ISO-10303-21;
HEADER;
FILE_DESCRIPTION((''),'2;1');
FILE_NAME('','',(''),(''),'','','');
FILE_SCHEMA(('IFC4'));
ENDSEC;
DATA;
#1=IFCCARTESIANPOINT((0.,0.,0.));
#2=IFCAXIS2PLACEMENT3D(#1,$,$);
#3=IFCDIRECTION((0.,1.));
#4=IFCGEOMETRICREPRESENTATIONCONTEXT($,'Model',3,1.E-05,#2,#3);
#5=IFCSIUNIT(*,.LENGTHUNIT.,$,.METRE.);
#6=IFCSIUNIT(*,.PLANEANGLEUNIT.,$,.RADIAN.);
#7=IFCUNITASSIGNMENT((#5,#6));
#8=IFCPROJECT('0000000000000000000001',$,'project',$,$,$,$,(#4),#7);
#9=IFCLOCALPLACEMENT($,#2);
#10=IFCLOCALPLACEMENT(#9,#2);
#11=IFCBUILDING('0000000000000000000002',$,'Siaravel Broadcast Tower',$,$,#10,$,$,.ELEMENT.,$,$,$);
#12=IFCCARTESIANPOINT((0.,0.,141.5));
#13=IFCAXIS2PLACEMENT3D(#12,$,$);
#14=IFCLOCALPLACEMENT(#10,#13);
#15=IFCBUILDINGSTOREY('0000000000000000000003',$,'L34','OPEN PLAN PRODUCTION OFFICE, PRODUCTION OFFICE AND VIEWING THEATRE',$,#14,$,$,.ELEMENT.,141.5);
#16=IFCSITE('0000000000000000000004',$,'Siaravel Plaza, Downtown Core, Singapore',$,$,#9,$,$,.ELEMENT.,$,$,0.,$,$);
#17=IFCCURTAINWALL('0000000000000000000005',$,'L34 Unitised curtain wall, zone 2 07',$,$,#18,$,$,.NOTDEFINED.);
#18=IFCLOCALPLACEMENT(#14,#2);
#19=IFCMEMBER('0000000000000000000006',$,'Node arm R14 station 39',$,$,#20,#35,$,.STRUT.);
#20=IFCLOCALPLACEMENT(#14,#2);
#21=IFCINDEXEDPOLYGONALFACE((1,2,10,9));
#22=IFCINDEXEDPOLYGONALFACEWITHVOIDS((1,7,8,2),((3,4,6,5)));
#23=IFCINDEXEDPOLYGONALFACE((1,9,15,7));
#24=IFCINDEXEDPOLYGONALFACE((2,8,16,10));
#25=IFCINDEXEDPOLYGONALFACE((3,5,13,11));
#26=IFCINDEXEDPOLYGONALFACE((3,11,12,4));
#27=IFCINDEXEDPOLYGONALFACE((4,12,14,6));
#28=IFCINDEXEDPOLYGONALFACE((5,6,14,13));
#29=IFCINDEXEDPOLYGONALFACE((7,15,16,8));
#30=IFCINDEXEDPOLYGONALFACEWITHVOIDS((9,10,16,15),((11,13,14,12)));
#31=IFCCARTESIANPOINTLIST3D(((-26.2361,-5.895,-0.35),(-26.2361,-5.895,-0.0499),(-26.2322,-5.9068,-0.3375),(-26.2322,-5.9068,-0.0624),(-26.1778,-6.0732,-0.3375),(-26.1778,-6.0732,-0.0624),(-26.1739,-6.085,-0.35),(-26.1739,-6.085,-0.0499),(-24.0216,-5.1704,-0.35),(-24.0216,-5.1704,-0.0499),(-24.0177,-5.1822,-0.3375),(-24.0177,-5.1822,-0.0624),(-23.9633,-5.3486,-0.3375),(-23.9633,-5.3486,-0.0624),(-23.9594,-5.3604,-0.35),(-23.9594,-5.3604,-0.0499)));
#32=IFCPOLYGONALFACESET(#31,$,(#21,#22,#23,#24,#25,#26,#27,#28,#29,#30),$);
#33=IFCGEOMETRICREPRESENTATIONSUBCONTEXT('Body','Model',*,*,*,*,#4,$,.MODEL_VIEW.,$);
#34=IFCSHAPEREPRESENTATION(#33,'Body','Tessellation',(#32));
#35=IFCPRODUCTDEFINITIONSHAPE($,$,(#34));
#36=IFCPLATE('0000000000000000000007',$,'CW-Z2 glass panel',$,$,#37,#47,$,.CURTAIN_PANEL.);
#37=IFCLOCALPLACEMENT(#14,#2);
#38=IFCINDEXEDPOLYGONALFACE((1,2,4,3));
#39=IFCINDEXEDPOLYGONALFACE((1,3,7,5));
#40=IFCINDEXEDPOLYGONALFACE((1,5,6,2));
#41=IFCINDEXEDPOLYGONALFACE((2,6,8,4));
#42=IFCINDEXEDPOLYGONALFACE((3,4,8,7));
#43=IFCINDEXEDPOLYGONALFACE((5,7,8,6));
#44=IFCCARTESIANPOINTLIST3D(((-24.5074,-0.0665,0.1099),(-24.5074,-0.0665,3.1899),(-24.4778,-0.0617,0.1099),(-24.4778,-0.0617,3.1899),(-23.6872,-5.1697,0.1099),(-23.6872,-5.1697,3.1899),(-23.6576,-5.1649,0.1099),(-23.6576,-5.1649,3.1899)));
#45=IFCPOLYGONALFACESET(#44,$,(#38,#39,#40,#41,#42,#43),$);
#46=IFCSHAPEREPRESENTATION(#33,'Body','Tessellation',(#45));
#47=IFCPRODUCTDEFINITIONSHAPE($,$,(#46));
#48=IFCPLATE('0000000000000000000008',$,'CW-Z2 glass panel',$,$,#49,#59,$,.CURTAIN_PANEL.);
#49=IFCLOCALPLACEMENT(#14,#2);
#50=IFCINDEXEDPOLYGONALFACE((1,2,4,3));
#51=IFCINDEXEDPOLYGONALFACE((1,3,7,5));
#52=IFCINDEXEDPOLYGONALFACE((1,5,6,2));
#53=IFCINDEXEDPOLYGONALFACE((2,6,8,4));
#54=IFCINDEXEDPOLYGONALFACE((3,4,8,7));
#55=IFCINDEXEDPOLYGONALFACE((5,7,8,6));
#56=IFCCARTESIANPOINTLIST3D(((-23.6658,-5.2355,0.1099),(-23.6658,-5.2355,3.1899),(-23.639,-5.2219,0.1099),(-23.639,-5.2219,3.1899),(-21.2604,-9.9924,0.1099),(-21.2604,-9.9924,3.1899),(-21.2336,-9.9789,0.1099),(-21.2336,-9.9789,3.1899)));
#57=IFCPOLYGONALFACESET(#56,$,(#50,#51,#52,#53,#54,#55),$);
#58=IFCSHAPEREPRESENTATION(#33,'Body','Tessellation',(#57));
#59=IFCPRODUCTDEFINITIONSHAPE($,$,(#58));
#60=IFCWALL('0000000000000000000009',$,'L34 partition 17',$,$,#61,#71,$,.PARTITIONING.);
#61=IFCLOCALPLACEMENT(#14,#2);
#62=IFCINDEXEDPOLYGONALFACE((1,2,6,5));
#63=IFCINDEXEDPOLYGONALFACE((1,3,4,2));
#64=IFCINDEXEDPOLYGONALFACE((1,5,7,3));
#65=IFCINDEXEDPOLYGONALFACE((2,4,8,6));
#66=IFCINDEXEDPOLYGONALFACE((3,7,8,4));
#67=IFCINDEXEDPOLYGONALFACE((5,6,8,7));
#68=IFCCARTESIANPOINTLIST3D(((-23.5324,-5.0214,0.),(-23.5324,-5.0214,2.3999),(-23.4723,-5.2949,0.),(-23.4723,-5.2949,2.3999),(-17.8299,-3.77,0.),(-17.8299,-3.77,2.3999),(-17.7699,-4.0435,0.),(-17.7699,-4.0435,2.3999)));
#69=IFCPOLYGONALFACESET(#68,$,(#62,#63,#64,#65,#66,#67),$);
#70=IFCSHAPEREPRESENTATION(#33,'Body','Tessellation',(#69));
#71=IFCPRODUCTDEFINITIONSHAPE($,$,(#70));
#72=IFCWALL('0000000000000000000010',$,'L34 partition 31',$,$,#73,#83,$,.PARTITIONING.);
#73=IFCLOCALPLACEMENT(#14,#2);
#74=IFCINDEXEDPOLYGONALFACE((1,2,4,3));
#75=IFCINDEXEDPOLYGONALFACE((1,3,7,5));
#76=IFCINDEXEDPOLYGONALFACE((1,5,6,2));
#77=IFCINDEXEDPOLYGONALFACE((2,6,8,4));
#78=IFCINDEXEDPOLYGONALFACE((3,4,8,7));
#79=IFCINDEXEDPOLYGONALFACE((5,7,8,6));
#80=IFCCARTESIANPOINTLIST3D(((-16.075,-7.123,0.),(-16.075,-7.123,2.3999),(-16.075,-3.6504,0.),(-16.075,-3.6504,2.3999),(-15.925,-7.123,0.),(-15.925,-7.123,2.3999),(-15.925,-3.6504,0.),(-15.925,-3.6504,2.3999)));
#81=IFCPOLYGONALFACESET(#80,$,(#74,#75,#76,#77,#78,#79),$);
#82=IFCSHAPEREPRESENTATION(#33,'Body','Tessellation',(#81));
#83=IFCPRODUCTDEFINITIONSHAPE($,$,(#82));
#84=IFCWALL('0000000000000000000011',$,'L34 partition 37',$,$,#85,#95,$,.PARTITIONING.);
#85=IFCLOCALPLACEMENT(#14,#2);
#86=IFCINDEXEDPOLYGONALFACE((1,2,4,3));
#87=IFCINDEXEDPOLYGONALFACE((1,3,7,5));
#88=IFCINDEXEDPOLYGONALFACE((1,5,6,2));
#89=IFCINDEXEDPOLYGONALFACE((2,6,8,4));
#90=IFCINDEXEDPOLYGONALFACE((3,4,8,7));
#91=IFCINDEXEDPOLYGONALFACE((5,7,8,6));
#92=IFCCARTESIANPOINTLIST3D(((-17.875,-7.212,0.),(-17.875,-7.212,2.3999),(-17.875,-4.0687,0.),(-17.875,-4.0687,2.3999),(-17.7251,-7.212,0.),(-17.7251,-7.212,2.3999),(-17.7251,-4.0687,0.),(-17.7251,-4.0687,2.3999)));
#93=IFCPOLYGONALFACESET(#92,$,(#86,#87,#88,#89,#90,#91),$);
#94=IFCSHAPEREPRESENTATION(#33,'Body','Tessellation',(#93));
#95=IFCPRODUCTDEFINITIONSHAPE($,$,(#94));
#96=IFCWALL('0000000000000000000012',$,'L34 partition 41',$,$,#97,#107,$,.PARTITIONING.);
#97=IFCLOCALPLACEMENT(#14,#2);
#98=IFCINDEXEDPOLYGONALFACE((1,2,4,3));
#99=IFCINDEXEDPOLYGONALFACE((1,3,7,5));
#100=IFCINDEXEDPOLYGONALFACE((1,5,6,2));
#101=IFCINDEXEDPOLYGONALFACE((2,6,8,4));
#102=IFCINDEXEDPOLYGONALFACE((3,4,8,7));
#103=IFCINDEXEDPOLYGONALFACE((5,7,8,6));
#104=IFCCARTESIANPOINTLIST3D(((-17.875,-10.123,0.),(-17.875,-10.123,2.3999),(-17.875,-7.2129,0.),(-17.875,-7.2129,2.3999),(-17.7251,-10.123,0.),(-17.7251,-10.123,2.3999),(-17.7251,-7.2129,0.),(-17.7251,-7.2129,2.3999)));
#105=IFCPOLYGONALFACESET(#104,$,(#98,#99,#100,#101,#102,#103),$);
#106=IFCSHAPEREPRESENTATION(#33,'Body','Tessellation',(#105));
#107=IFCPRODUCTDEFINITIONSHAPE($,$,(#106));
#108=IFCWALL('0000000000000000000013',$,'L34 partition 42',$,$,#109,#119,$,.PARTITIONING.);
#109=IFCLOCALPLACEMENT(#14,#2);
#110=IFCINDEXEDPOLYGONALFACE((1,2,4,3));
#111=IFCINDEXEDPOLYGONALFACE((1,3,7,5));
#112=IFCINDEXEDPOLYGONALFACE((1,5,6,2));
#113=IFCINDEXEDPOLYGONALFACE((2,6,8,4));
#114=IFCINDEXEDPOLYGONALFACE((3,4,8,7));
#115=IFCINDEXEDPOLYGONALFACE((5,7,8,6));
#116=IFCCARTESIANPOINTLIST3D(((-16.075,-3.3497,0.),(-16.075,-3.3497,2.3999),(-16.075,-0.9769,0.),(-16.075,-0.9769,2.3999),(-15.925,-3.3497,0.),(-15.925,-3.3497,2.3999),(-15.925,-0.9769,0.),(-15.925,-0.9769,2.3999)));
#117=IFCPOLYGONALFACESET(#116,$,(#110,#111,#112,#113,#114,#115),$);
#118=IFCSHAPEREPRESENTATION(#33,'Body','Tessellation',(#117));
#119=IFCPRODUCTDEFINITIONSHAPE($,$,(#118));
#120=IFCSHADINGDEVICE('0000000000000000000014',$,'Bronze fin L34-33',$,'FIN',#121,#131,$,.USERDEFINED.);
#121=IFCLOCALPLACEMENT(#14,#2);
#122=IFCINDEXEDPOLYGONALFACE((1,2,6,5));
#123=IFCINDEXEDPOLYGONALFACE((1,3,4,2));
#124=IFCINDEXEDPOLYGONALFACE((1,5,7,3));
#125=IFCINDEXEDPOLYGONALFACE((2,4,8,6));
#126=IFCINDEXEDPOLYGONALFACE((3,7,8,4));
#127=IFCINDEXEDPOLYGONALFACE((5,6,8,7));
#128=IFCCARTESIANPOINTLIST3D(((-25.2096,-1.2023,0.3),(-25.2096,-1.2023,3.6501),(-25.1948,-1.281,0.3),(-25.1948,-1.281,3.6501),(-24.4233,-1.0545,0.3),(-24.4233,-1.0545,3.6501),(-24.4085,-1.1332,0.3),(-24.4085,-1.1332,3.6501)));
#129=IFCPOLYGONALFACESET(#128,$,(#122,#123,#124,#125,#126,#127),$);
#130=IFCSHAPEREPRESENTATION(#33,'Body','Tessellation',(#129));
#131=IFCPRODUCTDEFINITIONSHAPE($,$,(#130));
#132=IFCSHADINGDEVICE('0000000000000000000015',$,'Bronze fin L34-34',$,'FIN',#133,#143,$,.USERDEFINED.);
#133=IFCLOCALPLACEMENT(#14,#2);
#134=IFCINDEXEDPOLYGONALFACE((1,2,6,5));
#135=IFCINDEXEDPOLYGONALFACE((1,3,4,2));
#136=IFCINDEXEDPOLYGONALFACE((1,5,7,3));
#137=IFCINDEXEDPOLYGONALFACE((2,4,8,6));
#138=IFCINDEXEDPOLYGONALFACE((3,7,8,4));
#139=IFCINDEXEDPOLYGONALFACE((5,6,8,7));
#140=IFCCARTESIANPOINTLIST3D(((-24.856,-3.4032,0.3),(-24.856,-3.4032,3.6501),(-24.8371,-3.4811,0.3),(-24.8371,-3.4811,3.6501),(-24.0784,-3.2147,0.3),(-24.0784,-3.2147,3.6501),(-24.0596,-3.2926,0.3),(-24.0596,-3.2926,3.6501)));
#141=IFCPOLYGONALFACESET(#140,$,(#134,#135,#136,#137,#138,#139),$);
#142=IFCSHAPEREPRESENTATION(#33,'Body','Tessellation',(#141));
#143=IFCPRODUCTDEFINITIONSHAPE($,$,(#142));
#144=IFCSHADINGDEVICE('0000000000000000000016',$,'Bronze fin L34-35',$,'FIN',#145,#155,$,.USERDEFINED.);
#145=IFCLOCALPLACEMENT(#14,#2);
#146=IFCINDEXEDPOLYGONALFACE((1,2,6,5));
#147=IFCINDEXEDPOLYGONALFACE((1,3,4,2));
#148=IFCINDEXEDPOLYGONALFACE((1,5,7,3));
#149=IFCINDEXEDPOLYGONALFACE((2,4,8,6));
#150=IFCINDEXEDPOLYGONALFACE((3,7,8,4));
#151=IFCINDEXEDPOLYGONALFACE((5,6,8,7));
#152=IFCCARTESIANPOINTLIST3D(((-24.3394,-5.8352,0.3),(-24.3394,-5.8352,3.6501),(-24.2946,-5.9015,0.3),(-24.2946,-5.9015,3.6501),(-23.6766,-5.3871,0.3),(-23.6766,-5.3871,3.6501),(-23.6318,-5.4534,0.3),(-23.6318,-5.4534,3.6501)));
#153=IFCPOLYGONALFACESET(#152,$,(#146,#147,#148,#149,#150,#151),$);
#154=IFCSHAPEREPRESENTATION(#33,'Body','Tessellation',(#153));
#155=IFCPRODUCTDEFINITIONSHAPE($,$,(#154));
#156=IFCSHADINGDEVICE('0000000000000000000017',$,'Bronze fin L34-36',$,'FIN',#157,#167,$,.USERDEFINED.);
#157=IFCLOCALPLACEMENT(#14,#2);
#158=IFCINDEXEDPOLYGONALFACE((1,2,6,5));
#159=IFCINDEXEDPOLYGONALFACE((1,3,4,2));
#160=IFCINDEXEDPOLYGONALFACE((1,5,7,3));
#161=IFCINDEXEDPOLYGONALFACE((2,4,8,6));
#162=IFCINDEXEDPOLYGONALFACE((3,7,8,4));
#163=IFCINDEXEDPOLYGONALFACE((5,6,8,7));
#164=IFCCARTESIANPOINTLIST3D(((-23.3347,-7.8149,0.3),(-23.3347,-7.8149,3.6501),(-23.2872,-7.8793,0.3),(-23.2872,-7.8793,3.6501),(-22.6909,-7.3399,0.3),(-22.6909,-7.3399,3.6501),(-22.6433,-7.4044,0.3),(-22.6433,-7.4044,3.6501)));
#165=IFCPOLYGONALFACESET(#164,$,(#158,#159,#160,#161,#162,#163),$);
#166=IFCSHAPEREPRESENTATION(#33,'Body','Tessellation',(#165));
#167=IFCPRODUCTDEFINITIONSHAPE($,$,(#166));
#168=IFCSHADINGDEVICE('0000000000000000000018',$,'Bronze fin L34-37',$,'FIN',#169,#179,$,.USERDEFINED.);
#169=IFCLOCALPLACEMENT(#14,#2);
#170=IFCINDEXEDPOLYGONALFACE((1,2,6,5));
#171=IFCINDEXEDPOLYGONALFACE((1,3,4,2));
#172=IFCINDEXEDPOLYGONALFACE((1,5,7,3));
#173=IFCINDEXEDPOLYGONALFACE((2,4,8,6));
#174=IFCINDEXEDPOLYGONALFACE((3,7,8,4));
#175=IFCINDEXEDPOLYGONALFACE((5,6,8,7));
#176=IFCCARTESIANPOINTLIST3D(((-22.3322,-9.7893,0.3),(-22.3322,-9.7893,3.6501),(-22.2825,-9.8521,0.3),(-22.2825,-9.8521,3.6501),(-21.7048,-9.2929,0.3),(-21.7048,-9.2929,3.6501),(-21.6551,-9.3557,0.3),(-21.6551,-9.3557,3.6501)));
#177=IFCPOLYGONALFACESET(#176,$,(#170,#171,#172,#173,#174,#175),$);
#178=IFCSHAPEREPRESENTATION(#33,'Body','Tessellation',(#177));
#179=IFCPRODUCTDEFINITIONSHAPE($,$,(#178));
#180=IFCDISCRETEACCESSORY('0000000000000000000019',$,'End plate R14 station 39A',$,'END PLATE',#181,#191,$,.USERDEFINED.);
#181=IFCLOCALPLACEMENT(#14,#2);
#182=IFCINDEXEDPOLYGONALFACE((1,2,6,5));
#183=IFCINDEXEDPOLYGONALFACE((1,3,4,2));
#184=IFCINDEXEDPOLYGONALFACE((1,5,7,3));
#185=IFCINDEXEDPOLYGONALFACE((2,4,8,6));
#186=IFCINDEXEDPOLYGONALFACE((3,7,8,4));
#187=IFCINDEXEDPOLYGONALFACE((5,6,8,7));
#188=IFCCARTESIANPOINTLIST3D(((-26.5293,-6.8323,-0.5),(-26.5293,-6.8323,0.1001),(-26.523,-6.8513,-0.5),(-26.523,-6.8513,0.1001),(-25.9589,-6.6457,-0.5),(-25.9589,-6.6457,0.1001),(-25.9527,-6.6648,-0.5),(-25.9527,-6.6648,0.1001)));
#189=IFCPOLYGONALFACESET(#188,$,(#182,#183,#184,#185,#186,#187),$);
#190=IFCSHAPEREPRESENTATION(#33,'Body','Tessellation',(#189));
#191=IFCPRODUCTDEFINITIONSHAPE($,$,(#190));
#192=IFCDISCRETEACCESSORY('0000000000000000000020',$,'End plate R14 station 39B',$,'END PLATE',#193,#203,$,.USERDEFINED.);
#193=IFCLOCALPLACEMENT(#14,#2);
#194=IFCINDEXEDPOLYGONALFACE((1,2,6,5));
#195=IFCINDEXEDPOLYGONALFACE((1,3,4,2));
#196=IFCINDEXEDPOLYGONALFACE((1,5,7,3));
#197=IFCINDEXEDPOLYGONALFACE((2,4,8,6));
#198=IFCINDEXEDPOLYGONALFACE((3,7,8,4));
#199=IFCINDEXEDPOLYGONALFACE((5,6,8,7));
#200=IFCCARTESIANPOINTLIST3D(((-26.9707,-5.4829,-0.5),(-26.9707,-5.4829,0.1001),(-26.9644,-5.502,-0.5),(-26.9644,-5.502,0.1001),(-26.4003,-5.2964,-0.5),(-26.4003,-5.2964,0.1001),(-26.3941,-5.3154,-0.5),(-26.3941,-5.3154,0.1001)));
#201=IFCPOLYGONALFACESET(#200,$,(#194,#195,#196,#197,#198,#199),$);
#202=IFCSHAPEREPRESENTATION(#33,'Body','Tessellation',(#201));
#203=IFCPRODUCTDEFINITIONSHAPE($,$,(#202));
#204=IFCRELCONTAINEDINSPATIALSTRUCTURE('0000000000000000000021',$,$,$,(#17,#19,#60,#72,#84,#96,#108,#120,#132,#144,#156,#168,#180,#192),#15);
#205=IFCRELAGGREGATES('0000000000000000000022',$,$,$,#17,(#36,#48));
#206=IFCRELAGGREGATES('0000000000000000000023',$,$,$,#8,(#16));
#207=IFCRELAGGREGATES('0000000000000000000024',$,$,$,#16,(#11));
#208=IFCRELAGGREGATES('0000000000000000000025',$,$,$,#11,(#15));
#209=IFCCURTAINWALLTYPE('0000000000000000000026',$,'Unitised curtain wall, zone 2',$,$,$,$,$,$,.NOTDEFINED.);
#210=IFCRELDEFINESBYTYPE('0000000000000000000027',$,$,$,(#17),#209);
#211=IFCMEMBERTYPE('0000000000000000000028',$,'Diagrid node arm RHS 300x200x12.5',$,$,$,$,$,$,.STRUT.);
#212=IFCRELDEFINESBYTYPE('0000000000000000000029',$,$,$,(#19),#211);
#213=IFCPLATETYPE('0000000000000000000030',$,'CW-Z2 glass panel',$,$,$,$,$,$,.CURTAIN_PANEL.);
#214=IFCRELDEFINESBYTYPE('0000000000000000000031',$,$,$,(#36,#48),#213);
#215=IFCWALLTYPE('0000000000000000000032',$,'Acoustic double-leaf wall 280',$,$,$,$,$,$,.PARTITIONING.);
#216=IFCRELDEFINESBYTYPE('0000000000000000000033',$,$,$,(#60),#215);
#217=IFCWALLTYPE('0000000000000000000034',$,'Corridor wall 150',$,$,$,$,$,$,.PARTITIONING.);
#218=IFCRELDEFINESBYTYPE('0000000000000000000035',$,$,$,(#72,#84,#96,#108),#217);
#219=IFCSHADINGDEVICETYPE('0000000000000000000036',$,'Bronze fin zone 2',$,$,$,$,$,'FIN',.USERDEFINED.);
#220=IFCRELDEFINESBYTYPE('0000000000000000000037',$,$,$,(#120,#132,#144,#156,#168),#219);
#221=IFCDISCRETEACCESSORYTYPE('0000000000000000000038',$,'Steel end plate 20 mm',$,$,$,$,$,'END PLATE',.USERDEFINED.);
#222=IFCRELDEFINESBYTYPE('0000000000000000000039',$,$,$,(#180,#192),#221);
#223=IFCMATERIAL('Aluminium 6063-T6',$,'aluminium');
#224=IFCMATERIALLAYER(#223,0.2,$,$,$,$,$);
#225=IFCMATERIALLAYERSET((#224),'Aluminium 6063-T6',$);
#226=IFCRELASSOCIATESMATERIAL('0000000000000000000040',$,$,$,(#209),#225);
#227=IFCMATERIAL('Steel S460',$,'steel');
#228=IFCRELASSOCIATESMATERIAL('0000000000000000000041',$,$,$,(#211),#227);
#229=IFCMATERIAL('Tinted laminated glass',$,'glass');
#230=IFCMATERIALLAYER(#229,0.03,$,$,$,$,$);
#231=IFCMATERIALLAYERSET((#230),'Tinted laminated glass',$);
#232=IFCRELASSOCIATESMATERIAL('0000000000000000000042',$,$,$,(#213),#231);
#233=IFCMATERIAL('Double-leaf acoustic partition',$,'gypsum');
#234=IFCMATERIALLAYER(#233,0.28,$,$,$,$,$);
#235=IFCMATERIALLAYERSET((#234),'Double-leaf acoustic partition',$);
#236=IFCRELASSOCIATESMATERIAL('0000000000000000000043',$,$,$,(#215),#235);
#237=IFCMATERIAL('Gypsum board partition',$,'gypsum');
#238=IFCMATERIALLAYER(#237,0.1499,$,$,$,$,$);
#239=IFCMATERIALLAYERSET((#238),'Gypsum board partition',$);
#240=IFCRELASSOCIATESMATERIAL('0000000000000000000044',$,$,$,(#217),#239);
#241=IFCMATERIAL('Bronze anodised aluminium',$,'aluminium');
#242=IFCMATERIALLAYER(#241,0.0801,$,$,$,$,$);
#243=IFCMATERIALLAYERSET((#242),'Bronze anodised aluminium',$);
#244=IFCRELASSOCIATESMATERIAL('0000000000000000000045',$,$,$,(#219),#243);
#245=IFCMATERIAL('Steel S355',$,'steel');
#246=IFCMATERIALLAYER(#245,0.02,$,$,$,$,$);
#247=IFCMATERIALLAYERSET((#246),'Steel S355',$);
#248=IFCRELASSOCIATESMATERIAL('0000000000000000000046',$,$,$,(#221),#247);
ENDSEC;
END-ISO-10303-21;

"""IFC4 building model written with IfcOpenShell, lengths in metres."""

from ifc_helpers import new_model, si_unit, direction, frame, frame_2d, origin, origin_2d, place, context, subcontext, project, spatial, rectangle, hollow_rectangle, extrude, material, layer, layer_set, material_profile, profile_set, type_object, element, aggregate, save


model = new_model("IFC4")

# Units and contexts
model_context = context("Model", 3, precision=1e-05, world=origin(), true_north=direction((0.0, 1.0)))
body_context = subcontext(model_context, "Body", "Model", "MODEL_VIEW")
ifc_project = project(units=[si_unit("LENGTHUNIT", "METRE"), si_unit("PLANEANGLEUNIT", "RADIAN")], contexts=[model_context])

# Site, building, storey
site_placement = place(None, origin())
site = spatial("IfcSite", under=ifc_project, at=site_placement, Name="Siaravel Plaza, Downtown Core, Singapore", CompositionType="ELEMENT", RefElevation=0.0)
building_placement = place(site_placement, origin())
building = spatial("IfcBuilding", under=site, at=building_placement, Name="Siaravel Broadcast Tower", CompositionType="ELEMENT")
storey_placement = place(building_placement, frame((0.0, 0.0, 141.5)))
storey = spatial("IfcBuildingStorey", under=building, at=storey_placement, Name="L34", Description="OPEN PLAN PRODUCTION OFFICE, PRODUCTION OFFICE AND VIEWING THEATRE", CompositionType="ELEMENT", Elevation=141.5)

# Shared definitions
ifc_material_1 = material(Name="Steel S355", Category="steel")

# Curtain wall
ifc_material_2 = material(Name="Aluminium 6063-T6", Category="aluminium")
ifc_layer_1 = layer(ifc_material_2, 0.2)
ifc_layer_set_1 = layer_set([ifc_layer_1], Name="Aluminium 6063-T6")
curtain_wall_type = type_object("IfcCurtainWallType", Name="Unitised curtain wall, zone 2", PredefinedType="NOTDEFINED", material=ifc_layer_set_1)
curtain_wall_placement = place(storey_placement, origin())
curtain_wall = element("IfcCurtainWall", 1, at=curtain_wall_placement, inside=storey, type_object=curtain_wall_type, Name="L34 Unitised curtain wall, zone 2 07", PredefinedType="NOTDEFINED")

# Member
ifc_material_3 = material(Name="Steel S460", Category="steel")
ifc_material_profile_1 = material_profile(ifc_material_3, hollow_rectangle(XDim=0.2, YDim=0.3, WallThickness=0.0125, at=origin_2d()))
ifc_profile_set_1 = profile_set([ifc_material_profile_1], Name="Steel S460")
member_type_1 = type_object("IfcMemberType", Name="Diagrid node arm RHS 300x200x12.5", PredefinedType="STRUT", material=ifc_profile_set_1)
member_1_placement = place(storey_placement, frame((-23.9905, -5.2654, -0.2), z_axis=(-0.950419, -0.310974, 0.0), x_axis=(0.310974, -0.950419, 0.0)))
element("IfcMember", 2, at=member_1_placement, inside=storey, type_object=member_type_1, Name="Node arm R14 station 39", PredefinedType="STRUT", context=body_context, shape_type="SweptSolid", body=[
    extrude(hollow_rectangle(XDim=0.2, YDim=0.3, WallThickness=0.0125, at=origin_2d()), origin(), (0.0, 0.0, 1.0), 2.3301),
])

# Plates
ifc_material_4 = material(Name="Tinted laminated glass", Category="glass")
ifc_layer_2 = layer(ifc_material_4, 0.03)
ifc_layer_set_2 = layer_set([ifc_layer_2], Name="Tinted laminated glass")
plate_type = type_object("IfcPlateType", Name="CW-Z2 glass panel", PredefinedType="CURTAIN_PANEL", material=ifc_layer_set_2)
plate_1_placement = place(storey_placement, frame((-24.0825, -2.6157, 0.1099), z_axis=(0.0, 0.0, 1.0), x_axis=(0.158685, -0.987329, 0.0)))
plate_1 = element("IfcPlate", 3, at=plate_1_placement, type_object=plate_type, Name="CW-Z2 glass panel", PredefinedType="CURTAIN_PANEL", context=body_context, shape_type="SweptSolid", body=[
    extrude(rectangle(XDim=5.1687, YDim=0.03, at=origin_2d()), origin(), (0.0, 0.0, 1.0), 3.0801),
])
plate_2_placement = place(storey_placement, frame((-22.4497, -7.6072, 0.1099), z_axis=(0.0, 0.0, 1.0), x_axis=(0.45126, -0.892392, 0.0)))
plate_2 = element("IfcPlate", 4, at=plate_2_placement, type_object=plate_type, Name="CW-Z2 glass panel", PredefinedType="CURTAIN_PANEL", context=body_context, shape_type="SweptSolid", body=[
    extrude(rectangle(XDim=5.3306, YDim=0.03, at=origin_2d()), origin(), (0.0, 0.0, 1.0), 3.0801),
])
aggregate(curtain_wall, [plate_1, plate_2])

# Walls
ifc_material_5 = material(Name="Double-leaf acoustic partition", Category="gypsum")
ifc_layer_3 = layer(ifc_material_5, 0.28)
ifc_layer_set_3 = layer_set([ifc_layer_3], Name="Double-leaf acoustic partition")
wall_type_1 = type_object("IfcWallType", Name="Acoustic double-leaf wall 280", PredefinedType="PARTITIONING", material=ifc_layer_set_3)
wall_1_placement = place(storey_placement, frame((-17.8, -3.9067, 0.0), z_axis=(0.0, 0.0, 1.0), x_axis=(-0.976754, -0.214362, 0.0)))
element("IfcWall", 5, at=wall_1_placement, inside=storey, type_object=wall_type_1, Name="L34 partition 17", PredefinedType="PARTITIONING", context=body_context, shape_type="SweptSolid", body=[
    extrude(rectangle(XDim=5.8381, YDim=0.28, at=frame_2d((2.9189, 0.0))), origin(), (0.0, 0.0, 1.0), 2.3999),
])
ifc_material_6 = material(Name="Gypsum board partition", Category="gypsum")
ifc_layer_4 = layer(ifc_material_6, 0.1499)
ifc_layer_set_4 = layer_set([ifc_layer_4], Name="Gypsum board partition")
wall_type_2 = type_object("IfcWallType", Name="Corridor wall 150", PredefinedType="PARTITIONING", material=ifc_layer_set_4)
wall_2_placement = place(storey_placement, frame((-16.0, -7.123, 0.0), z_axis=(0.0, 0.0, 1.0), x_axis=(0.0, 1.0, 0.0)))
element("IfcWall", 6, at=wall_2_placement, inside=storey, type_object=wall_type_2, Name="L34 partition 31", PredefinedType="PARTITIONING", context=body_context, shape_type="SweptSolid", body=[
    extrude(rectangle(XDim=3.4727, YDim=0.1499, at=frame_2d((1.7363, 0.0))), origin(), (0.0, 0.0, 1.0), 2.3999),
])
wall_3_placement = place(storey_placement, frame((-17.8, -4.0686, 0.0), z_axis=(0.0, 0.0, 1.0), x_axis=(0.0, -1.0, 0.0)))
element("IfcWall", 7, at=wall_3_placement, inside=storey, type_object=wall_type_2, Name="L34 partition 37", PredefinedType="PARTITIONING", context=body_context, shape_type="SweptSolid", body=[
    extrude(rectangle(XDim=3.1433, YDim=0.1499, at=frame_2d((1.5718, 0.0))), origin(), (0.0, 0.0, 1.0), 2.3999),
])
wall_4_placement = place(storey_placement, frame((-17.8, -7.2129, 0.0), z_axis=(0.0, 0.0, 1.0), x_axis=(0.0, -1.0, 0.0)))
element("IfcWall", 8, at=wall_4_placement, inside=storey, type_object=wall_type_2, Name="L34 partition 41", PredefinedType="PARTITIONING", context=body_context, shape_type="SweptSolid", body=[
    extrude(rectangle(XDim=2.9102, YDim=0.1499, at=frame_2d((1.4551, 0.0))), origin(), (0.0, 0.0, 1.0), 2.3999),
])
wall_5_placement = place(storey_placement, frame((-16.0, -3.3499, 0.0), z_axis=(0.0, 0.0, 1.0), x_axis=(0.0, 1.0, 0.0)))
element("IfcWall", 9, at=wall_5_placement, inside=storey, type_object=wall_type_2, Name="L34 partition 42", PredefinedType="PARTITIONING", context=body_context, shape_type="SweptSolid", body=[
    extrude(rectangle(XDim=2.3728, YDim=0.1499, at=frame_2d((1.1865, 0.0))), origin(), (0.0, 0.0, 1.0), 2.3999),
])

# Shading devices
ifc_material_7 = material(Name="Bronze anodised aluminium", Category="aluminium")
ifc_layer_5 = layer(ifc_material_7, 0.0801)
ifc_layer_set_5 = layer_set([ifc_layer_5], Name="Bronze anodised aluminium")
shading_device_type = type_object("IfcShadingDeviceType", Name="Bronze fin zone 2", ElementType="FIN", PredefinedType="USERDEFINED", material=ifc_layer_set_5)
for number, where, z_axis, x_axis, name in (
    (10, (-24.8091, -1.1677, 0.3), (0.0, 0.0, 1.0), (-0.982795, -0.184698, 0.0), "Bronze fin L34-33"),
    (11, (-24.4578, -3.3479, 0.3), (0.0, 0.0, 1.0), (-0.971853, -0.235587, 0.0), "Bronze fin L34-34"),
    (12, (-23.9856, -5.6443, 0.3), (0.0, 0.0, 1.0), (-0.828413, -0.560117, 0.0), "Bronze fin L34-35"),
    (13, (-22.989, -7.6096, 0.3), (0.0, 0.0, 1.0), (-0.80474, -0.593627, 0.0), "Bronze fin L34-36"),
    (14, (-21.9937, -9.5725, 0.3), (0.0, 0.0, 1.0), (-0.784288, -0.620397, 0.0), "Bronze fin L34-37"),
):
    element("IfcShadingDevice", number, at=place(storey_placement, frame(where, z_axis=z_axis, x_axis=x_axis)), inside=storey, type_object=shading_device_type, Name=name, ObjectType="FIN", PredefinedType="USERDEFINED", context=body_context, shape_type="SweptSolid", body=[
        extrude(rectangle(XDim=0.8, YDim=0.0801, at=origin_2d()), origin(), (0.0, 0.0, 1.0), 3.3501),
    ])

# Discrete accessories
ifc_layer_6 = layer(ifc_material_1, 0.02)
ifc_layer_set_6 = layer_set([ifc_layer_6], Name="Steel S355")
discrete_accessory_type = type_object("IfcDiscreteAccessoryType", Name="Steel end plate 20 mm", ElementType="END PLATE", PredefinedType="USERDEFINED", material=ifc_layer_set_6)
for number, where, z_axis, x_axis, name in (
    (15, (-26.241, -6.7485, -0.5), (0.0, 0.0, 1.0), (0.310909, -0.95044, 0.0), "End plate R14 station 39A"),
    (16, (-26.6824, -5.3992, -0.5), (0.0, 0.0, 1.0), (0.310909, -0.95044, 0.0), "End plate R14 station 39B"),
):
    element("IfcDiscreteAccessory", number, at=place(storey_placement, frame(where, z_axis=z_axis, x_axis=x_axis)), inside=storey, type_object=discrete_accessory_type, Name=name, ObjectType="END PLATE", PredefinedType="USERDEFINED", context=body_context, shape_type="SweptSolid", body=[
        extrude(rectangle(XDim=0.02, YDim=0.6001, at=origin_2d()), origin(), (0.0, 0.0, 1.0), 0.6001),
    ])

save(model, "model.ifc")
